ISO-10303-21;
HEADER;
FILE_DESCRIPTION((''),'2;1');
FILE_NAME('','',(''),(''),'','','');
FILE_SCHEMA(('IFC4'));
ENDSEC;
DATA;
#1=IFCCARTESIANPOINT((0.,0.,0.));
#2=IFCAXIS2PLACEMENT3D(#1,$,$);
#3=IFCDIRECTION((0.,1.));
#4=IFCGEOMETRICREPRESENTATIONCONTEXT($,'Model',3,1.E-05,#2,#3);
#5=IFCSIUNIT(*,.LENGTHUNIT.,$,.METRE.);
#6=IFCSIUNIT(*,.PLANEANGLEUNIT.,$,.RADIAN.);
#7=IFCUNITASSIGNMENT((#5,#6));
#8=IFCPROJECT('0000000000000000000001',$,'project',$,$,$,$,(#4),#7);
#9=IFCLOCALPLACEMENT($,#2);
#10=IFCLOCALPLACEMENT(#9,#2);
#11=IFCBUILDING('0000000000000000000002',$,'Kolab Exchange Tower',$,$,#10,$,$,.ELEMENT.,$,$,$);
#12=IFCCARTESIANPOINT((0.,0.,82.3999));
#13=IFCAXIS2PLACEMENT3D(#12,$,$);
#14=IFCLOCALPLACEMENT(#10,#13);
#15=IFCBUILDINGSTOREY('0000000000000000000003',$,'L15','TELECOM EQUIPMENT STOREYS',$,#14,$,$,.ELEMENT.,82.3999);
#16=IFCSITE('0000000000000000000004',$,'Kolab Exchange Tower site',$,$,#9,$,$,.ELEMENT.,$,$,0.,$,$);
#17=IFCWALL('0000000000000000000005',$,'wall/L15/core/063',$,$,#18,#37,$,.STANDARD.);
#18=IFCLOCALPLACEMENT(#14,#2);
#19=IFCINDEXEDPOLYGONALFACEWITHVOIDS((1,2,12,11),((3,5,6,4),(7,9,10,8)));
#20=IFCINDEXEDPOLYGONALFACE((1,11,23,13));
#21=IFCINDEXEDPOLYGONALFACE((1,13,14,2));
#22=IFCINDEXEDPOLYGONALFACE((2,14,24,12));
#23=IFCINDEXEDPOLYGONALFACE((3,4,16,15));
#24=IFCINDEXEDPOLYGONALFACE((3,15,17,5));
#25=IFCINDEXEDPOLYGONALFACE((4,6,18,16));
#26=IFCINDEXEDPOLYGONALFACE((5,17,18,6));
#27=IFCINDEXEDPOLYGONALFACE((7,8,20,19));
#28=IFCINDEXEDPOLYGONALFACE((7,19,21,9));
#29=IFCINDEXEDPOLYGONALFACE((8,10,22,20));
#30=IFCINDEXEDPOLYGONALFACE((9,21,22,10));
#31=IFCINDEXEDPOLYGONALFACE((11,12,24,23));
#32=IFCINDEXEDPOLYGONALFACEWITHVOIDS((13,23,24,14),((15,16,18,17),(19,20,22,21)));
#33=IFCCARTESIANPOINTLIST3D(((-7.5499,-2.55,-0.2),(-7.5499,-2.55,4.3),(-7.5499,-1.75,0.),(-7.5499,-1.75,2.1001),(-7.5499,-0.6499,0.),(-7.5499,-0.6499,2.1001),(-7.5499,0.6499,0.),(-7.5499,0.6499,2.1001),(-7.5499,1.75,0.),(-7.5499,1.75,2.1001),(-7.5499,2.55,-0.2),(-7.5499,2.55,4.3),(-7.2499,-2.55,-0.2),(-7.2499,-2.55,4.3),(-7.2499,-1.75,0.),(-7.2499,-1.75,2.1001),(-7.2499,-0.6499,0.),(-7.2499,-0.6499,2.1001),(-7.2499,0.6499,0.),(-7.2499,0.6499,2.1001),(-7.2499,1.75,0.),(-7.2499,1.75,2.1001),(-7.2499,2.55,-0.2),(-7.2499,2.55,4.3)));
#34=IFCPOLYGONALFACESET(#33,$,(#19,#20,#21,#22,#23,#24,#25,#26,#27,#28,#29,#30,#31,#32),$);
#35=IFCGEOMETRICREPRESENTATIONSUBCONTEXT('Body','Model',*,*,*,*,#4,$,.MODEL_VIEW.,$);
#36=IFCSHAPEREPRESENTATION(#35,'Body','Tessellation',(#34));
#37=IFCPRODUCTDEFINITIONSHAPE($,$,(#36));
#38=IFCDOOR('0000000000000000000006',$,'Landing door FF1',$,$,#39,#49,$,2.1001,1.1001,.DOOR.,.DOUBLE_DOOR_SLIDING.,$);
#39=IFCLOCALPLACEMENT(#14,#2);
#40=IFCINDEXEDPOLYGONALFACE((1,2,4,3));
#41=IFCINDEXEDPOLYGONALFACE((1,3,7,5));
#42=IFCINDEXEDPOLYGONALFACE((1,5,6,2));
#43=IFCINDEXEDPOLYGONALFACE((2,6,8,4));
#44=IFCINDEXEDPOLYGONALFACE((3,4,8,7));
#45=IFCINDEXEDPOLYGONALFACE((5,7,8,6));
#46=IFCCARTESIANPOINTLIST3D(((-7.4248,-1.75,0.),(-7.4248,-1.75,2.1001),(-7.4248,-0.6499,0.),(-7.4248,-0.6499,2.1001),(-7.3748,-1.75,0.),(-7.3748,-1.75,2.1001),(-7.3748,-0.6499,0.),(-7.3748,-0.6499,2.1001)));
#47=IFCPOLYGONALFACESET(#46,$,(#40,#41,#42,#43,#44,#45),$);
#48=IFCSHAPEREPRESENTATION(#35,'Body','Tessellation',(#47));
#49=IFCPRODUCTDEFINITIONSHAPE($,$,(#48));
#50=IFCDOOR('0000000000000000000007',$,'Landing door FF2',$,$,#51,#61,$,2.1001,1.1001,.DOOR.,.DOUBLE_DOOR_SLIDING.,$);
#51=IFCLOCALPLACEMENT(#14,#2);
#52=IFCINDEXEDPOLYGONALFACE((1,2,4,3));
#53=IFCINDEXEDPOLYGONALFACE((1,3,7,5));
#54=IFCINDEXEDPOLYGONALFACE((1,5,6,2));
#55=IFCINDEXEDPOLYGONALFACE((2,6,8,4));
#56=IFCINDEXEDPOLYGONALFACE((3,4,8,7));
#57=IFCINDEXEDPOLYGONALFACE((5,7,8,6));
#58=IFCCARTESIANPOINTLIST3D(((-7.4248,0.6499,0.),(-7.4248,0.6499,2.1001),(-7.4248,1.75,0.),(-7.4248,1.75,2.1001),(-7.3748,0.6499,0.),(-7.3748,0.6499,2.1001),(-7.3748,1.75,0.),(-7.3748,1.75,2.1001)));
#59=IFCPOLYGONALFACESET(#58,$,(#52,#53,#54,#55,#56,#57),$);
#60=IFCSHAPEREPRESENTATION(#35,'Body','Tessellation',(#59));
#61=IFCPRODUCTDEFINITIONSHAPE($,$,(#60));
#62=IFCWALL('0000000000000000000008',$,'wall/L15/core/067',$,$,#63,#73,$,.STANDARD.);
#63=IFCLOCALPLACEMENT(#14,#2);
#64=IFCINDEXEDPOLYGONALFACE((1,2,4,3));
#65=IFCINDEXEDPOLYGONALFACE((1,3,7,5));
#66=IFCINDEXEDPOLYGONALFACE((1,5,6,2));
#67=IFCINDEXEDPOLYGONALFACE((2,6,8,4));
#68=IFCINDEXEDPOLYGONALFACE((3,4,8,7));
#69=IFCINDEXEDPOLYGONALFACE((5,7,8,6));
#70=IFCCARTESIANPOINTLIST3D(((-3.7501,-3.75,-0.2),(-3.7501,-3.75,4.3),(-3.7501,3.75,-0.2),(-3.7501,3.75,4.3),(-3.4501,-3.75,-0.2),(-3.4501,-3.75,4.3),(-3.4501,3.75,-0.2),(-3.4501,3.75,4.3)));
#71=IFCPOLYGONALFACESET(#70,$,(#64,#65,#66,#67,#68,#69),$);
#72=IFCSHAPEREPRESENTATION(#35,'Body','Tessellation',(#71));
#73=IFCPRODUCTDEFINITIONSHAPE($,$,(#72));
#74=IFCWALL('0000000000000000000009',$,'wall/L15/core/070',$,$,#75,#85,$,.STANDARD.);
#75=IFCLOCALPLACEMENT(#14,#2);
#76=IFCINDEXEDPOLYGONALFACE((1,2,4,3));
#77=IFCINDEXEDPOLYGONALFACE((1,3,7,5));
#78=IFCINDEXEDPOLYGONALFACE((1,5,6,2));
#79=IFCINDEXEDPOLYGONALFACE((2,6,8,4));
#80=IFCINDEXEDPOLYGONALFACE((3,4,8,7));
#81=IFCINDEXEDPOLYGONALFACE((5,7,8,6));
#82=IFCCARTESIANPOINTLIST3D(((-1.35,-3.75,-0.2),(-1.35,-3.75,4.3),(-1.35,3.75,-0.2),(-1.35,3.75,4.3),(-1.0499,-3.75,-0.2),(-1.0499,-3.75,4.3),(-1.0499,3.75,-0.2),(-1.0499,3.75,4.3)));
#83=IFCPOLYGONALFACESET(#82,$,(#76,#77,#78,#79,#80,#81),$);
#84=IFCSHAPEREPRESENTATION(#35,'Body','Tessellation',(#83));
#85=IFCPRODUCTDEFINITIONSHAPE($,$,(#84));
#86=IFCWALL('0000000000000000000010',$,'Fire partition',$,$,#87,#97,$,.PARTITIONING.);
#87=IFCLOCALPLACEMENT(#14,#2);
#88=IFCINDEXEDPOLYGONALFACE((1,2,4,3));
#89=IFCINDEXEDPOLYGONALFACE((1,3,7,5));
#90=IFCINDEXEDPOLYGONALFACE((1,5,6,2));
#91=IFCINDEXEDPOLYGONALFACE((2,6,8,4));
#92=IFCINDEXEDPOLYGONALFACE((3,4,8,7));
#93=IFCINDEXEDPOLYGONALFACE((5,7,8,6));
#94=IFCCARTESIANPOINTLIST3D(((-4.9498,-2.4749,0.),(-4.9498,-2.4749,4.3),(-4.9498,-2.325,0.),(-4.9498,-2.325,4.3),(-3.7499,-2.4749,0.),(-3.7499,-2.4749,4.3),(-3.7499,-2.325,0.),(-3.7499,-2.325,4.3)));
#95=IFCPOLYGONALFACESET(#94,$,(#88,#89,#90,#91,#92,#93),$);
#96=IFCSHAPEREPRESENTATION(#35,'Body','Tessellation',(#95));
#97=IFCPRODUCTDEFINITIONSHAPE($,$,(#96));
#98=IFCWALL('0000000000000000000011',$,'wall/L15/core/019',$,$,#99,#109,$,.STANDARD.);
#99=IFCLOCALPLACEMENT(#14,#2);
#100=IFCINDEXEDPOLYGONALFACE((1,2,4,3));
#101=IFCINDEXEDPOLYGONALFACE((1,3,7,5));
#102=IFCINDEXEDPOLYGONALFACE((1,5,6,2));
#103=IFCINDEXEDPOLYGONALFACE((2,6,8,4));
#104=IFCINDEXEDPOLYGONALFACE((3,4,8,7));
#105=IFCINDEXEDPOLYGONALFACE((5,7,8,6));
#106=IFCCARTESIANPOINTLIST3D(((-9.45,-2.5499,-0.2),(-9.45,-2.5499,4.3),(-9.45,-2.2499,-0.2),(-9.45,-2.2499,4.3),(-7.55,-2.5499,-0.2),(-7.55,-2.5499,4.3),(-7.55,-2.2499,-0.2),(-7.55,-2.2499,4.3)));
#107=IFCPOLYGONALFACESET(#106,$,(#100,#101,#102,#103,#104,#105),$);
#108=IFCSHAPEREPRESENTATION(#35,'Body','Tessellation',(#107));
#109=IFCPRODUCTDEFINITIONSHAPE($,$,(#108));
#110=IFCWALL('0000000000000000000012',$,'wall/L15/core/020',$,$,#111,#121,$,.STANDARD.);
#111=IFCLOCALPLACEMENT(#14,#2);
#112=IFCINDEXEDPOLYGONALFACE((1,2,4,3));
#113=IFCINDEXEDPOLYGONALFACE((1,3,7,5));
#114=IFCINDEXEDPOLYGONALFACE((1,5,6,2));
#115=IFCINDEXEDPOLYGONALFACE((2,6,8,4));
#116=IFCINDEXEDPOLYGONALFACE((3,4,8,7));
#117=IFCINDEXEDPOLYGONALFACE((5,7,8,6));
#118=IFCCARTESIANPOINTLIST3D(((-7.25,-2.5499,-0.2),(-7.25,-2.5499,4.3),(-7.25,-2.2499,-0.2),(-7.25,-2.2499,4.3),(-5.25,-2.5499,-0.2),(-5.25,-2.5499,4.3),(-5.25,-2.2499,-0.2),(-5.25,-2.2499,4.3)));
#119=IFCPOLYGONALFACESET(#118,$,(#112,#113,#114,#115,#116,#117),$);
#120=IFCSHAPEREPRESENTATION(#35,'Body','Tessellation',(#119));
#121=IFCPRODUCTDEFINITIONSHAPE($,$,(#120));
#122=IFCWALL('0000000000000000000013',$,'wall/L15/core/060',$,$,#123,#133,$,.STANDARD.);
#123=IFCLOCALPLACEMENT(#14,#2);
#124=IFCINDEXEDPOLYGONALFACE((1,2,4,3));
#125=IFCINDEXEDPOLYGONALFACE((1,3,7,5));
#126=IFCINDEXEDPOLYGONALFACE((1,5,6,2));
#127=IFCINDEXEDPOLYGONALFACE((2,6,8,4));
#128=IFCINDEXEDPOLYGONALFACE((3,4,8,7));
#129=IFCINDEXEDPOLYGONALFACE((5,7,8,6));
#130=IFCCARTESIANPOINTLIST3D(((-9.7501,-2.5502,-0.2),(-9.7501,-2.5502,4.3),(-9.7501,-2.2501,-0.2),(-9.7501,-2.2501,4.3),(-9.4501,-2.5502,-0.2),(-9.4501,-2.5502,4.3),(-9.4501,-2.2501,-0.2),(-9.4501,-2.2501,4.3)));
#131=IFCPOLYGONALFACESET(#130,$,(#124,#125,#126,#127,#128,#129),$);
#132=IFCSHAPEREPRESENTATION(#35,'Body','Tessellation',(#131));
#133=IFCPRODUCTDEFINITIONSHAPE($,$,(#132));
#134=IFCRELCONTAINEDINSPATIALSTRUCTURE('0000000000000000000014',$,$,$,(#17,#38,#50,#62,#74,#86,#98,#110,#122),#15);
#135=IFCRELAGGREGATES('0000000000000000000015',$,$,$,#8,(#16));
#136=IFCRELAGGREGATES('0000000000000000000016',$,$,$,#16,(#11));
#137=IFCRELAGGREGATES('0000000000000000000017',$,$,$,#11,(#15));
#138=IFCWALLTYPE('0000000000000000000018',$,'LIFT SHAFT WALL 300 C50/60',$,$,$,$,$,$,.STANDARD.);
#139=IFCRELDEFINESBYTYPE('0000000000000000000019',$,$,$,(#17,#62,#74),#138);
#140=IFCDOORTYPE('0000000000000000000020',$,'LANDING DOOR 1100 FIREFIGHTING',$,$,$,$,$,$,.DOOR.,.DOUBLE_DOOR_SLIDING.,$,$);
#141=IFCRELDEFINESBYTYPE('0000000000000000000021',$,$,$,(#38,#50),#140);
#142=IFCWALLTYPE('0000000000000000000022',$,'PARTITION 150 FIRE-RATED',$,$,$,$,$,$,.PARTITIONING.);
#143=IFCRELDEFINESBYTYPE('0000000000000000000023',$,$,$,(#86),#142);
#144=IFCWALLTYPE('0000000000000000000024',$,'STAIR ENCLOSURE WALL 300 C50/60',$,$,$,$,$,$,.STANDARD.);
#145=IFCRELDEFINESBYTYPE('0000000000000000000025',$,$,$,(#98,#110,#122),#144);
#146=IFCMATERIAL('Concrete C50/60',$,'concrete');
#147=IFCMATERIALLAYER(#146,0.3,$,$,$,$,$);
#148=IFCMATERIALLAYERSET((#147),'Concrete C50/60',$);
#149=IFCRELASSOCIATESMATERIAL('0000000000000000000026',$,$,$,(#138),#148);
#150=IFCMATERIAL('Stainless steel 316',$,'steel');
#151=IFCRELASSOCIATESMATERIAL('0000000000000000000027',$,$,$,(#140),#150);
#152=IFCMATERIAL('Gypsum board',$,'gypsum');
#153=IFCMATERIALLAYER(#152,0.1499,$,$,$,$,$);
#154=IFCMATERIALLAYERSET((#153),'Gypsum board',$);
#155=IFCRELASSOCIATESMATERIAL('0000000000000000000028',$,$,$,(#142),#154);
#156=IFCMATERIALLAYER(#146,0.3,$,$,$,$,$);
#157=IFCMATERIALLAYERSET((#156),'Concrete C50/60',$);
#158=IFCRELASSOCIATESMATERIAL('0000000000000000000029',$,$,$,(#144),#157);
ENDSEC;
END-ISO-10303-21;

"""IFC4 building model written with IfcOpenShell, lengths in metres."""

from ifc_helpers import new_model, si_unit, direction, frame, frame_2d, origin, place, context, subcontext, project, spatial, rectangle, extrude, material, layer, layer_set, type_object, element, fill, save


model = new_model("IFC4")

# Units and contexts
model_context = context("Model", 3, precision=1e-05, world=origin(), true_north=direction((0.0, 1.0)))
body_context = subcontext(model_context, "Body", "Model", "MODEL_VIEW")
ifc_project = project(units=[si_unit("LENGTHUNIT", "METRE"), si_unit("PLANEANGLEUNIT", "RADIAN")], contexts=[model_context])

# Site, building, storey
site_placement = place(None, origin())
site = spatial("IfcSite", under=ifc_project, at=site_placement, Name="Kolab Exchange Tower site", CompositionType="ELEMENT", RefElevation=0.0)
building_placement = place(site_placement, origin())
building = spatial("IfcBuilding", under=site, at=building_placement, Name="Kolab Exchange Tower", CompositionType="ELEMENT")
storey_placement = place(building_placement, frame((0.0, 0.0, 82.3999)))
storey = spatial("IfcBuildingStorey", under=building, at=storey_placement, Name="L15", Description="TELECOM EQUIPMENT STOREYS", CompositionType="ELEMENT", Elevation=82.3999)

# Shared definitions
ifc_material_1 = material(Name="Concrete C50/60", Category="concrete")
ifc_layer_1 = layer(ifc_material_1, 0.3)
ifc_layer_set_1 = layer_set([ifc_layer_1], Name="Concrete C50/60")
wall_type_1 = type_object("IfcWallType", Name="LIFT SHAFT WALL 300 C50/60", PredefinedType="STANDARD", material=ifc_layer_set_1)

# Wall, openings, doors
wall_1_placement = place(storey_placement, frame((-7.3999, -2.55, -0.2), z_axis=(0.0, 0.0, 1.0), x_axis=(0.0, 1.0, 0.0)))
wall_1 = element("IfcWall", 1, at=wall_1_placement, inside=storey, type_object=wall_type_1, Name="wall/L15/core/063", PredefinedType="STANDARD", context=body_context, shape_type="SweptSolid", body=[
    extrude(rectangle(XDim=5.1001, YDim=0.3, at=frame_2d((2.55, 0.0))), origin(), (0.0, 0.0, 1.0), 4.5),
])
opening_1_placement = place(wall_1_placement, frame((0.8, 0.0, 0.2)))
opening_1 = element("IfcOpeningElement", 2, at=opening_1_placement, cuts=wall_1, PredefinedType="OPENING", context=body_context, shape_type="SweptSolid", body=[
    extrude(rectangle(XDim=1.1001, YDim=2.1001, at=frame_2d((0.55, 1.05))), frame((0.0, 0.1602, 0.0), z_axis=(0.0, -1.0, 0.0), x_axis=(1.0, 0.0, 0.0)), (0.0, 0.0, 1.0), 0.3201),
])
opening_2_placement = place(wall_1_placement, frame((3.2, 0.0, 0.2)))
opening_2 = element("IfcOpeningElement", 3, at=opening_2_placement, cuts=wall_1, PredefinedType="OPENING", context=body_context, shape_type="SweptSolid", body=[
    extrude(rectangle(XDim=1.1001, YDim=2.1001, at=frame_2d((0.55, 1.05))), frame((0.0, 0.1602, 0.0), z_axis=(0.0, -1.0, 0.0), x_axis=(1.0, 0.0, 0.0)), (0.0, 0.0, 1.0), 0.3201),
])
ifc_material_2 = material(Name="Stainless steel 316", Category="steel")
door_type_1 = type_object("IfcDoorType", Name="LANDING DOOR 1100 FIREFIGHTING", OperationType="DOUBLE_DOOR_SLIDING", PredefinedType="DOOR", material=ifc_material_2)
door_1_placement = place(opening_1_placement, origin())
door_1 = element("IfcDoor", 4, at=door_1_placement, inside=storey, type_object=door_type_1, Name="Landing door FF1", OperationType="DOUBLE_DOOR_SLIDING", OverallHeight=2.1001, OverallWidth=1.1001, PredefinedType="DOOR", context=body_context, shape_type="SweptSolid", body=[
    extrude(rectangle(XDim=1.1001, YDim=2.1001, at=frame_2d((0.55, 1.05))), frame((0.0, 0.0249, 0.0), z_axis=(0.0, -1.0, 0.0), x_axis=(1.0, 0.0, 0.0)), (0.0, 0.0, 1.0), 0.05),
])
fill(opening_1, door_1)
door_2_placement = place(opening_2_placement, origin())
door_2 = element("IfcDoor", 5, at=door_2_placement, inside=storey, type_object=door_type_1, Name="Landing door FF2", OperationType="DOUBLE_DOOR_SLIDING", OverallHeight=2.1001, OverallWidth=1.1001, PredefinedType="DOOR", context=body_context, shape_type="SweptSolid", body=[
    extrude(rectangle(XDim=1.1001, YDim=2.1001, at=frame_2d((0.55, 1.05))), frame((0.0, 0.0249, 0.0), z_axis=(0.0, -1.0, 0.0), x_axis=(1.0, 0.0, 0.0)), (0.0, 0.0, 1.0), 0.05),
])
fill(opening_2, door_2)

# Walls
for number, where, z_axis, x_axis, name in (
    (6, (-3.6001, -3.75, -0.2), (0.0, 0.0, 1.0), (0.0, 1.0, 0.0), "wall/L15/core/067"),
    (7, (-1.2, -3.75, -0.2), (0.0, 0.0, 1.0), (0.0, 1.0, 0.0), "wall/L15/core/070"),
):
    element("IfcWall", number, at=place(storey_placement, frame(where, z_axis=z_axis, x_axis=x_axis)), inside=storey, type_object=wall_type_1, Name=name, PredefinedType="STANDARD", context=body_context, shape_type="SweptSolid", body=[
        extrude(rectangle(XDim=7.5, YDim=0.3, at=frame_2d((3.75, 0.0))), origin(), (0.0, 0.0, 1.0), 4.5),
    ])
ifc_material_3 = material(Name="Gypsum board", Category="gypsum")
ifc_layer_2 = layer(ifc_material_3, 0.1499)
ifc_layer_set_2 = layer_set([ifc_layer_2], Name="Gypsum board")
wall_type_2 = type_object("IfcWallType", Name="PARTITION 150 FIRE-RATED", PredefinedType="PARTITIONING", material=ifc_layer_set_2)
wall_2_placement = place(storey_placement, frame((-4.95, -2.3999, 0.0), z_axis=(0.0, 0.0, 1.0), x_axis=(1.0, 0.0, 0.0)))
element("IfcWall", 8, at=wall_2_placement, inside=storey, type_object=wall_type_2, Name="Fire partition", PredefinedType="PARTITIONING", context=body_context, shape_type="SweptSolid", body=[
    extrude(rectangle(XDim=1.2, YDim=0.1499, at=frame_2d((0.6001, 0.0))), origin(), (0.0, 0.0, 1.0), 4.3),
])
ifc_layer_3 = layer(ifc_material_1, 0.3)
ifc_layer_set_3 = layer_set([ifc_layer_3], Name="Concrete C50/60")
wall_type_3 = type_object("IfcWallType", Name="STAIR ENCLOSURE WALL 300 C50/60", PredefinedType="STANDARD", material=ifc_layer_set_3)
wall_3_placement = place(storey_placement, frame((-9.45, -2.3999, -0.2), z_axis=(0.0, 0.0, 1.0), x_axis=(1.0, 0.0, 0.0)))
element("IfcWall", 9, at=wall_3_placement, inside=storey, type_object=wall_type_3, Name="wall/L15/core/019", PredefinedType="STANDARD", context=body_context, shape_type="SweptSolid", body=[
    extrude(rectangle(XDim=1.8999, YDim=0.3, at=frame_2d((0.95, 0.0))), origin(), (0.0, 0.0, 1.0), 4.5),
])
wall_4_placement = place(storey_placement, frame((-7.25, -2.3999, -0.2), z_axis=(0.0, 0.0, 1.0), x_axis=(1.0, 0.0, 0.0)))
element("IfcWall", 10, at=wall_4_placement, inside=storey, type_object=wall_type_3, Name="wall/L15/core/020", PredefinedType="STANDARD", context=body_context, shape_type="SweptSolid", body=[
    extrude(rectangle(XDim=2.0, YDim=0.3, at=frame_2d((1.0, 0.0))), origin(), (0.0, 0.0, 1.0), 4.5),
])
wall_5_placement = place(storey_placement, frame((-9.6001, -2.55, -0.2), z_axis=(0.0, 0.0, 1.0), x_axis=(0.0, 1.0, 0.0)))
element("IfcWall", 11, at=wall_5_placement, inside=storey, type_object=wall_type_3, Name="wall/L15/core/060", PredefinedType="STANDARD", context=body_context, shape_type="SweptSolid", body=[
    extrude(rectangle(XDim=0.3, YDim=0.3, at=frame_2d((0.1499, 0.0))), origin(), (0.0, 0.0, 1.0), 4.5),
])

save(model, "model.ifc")
